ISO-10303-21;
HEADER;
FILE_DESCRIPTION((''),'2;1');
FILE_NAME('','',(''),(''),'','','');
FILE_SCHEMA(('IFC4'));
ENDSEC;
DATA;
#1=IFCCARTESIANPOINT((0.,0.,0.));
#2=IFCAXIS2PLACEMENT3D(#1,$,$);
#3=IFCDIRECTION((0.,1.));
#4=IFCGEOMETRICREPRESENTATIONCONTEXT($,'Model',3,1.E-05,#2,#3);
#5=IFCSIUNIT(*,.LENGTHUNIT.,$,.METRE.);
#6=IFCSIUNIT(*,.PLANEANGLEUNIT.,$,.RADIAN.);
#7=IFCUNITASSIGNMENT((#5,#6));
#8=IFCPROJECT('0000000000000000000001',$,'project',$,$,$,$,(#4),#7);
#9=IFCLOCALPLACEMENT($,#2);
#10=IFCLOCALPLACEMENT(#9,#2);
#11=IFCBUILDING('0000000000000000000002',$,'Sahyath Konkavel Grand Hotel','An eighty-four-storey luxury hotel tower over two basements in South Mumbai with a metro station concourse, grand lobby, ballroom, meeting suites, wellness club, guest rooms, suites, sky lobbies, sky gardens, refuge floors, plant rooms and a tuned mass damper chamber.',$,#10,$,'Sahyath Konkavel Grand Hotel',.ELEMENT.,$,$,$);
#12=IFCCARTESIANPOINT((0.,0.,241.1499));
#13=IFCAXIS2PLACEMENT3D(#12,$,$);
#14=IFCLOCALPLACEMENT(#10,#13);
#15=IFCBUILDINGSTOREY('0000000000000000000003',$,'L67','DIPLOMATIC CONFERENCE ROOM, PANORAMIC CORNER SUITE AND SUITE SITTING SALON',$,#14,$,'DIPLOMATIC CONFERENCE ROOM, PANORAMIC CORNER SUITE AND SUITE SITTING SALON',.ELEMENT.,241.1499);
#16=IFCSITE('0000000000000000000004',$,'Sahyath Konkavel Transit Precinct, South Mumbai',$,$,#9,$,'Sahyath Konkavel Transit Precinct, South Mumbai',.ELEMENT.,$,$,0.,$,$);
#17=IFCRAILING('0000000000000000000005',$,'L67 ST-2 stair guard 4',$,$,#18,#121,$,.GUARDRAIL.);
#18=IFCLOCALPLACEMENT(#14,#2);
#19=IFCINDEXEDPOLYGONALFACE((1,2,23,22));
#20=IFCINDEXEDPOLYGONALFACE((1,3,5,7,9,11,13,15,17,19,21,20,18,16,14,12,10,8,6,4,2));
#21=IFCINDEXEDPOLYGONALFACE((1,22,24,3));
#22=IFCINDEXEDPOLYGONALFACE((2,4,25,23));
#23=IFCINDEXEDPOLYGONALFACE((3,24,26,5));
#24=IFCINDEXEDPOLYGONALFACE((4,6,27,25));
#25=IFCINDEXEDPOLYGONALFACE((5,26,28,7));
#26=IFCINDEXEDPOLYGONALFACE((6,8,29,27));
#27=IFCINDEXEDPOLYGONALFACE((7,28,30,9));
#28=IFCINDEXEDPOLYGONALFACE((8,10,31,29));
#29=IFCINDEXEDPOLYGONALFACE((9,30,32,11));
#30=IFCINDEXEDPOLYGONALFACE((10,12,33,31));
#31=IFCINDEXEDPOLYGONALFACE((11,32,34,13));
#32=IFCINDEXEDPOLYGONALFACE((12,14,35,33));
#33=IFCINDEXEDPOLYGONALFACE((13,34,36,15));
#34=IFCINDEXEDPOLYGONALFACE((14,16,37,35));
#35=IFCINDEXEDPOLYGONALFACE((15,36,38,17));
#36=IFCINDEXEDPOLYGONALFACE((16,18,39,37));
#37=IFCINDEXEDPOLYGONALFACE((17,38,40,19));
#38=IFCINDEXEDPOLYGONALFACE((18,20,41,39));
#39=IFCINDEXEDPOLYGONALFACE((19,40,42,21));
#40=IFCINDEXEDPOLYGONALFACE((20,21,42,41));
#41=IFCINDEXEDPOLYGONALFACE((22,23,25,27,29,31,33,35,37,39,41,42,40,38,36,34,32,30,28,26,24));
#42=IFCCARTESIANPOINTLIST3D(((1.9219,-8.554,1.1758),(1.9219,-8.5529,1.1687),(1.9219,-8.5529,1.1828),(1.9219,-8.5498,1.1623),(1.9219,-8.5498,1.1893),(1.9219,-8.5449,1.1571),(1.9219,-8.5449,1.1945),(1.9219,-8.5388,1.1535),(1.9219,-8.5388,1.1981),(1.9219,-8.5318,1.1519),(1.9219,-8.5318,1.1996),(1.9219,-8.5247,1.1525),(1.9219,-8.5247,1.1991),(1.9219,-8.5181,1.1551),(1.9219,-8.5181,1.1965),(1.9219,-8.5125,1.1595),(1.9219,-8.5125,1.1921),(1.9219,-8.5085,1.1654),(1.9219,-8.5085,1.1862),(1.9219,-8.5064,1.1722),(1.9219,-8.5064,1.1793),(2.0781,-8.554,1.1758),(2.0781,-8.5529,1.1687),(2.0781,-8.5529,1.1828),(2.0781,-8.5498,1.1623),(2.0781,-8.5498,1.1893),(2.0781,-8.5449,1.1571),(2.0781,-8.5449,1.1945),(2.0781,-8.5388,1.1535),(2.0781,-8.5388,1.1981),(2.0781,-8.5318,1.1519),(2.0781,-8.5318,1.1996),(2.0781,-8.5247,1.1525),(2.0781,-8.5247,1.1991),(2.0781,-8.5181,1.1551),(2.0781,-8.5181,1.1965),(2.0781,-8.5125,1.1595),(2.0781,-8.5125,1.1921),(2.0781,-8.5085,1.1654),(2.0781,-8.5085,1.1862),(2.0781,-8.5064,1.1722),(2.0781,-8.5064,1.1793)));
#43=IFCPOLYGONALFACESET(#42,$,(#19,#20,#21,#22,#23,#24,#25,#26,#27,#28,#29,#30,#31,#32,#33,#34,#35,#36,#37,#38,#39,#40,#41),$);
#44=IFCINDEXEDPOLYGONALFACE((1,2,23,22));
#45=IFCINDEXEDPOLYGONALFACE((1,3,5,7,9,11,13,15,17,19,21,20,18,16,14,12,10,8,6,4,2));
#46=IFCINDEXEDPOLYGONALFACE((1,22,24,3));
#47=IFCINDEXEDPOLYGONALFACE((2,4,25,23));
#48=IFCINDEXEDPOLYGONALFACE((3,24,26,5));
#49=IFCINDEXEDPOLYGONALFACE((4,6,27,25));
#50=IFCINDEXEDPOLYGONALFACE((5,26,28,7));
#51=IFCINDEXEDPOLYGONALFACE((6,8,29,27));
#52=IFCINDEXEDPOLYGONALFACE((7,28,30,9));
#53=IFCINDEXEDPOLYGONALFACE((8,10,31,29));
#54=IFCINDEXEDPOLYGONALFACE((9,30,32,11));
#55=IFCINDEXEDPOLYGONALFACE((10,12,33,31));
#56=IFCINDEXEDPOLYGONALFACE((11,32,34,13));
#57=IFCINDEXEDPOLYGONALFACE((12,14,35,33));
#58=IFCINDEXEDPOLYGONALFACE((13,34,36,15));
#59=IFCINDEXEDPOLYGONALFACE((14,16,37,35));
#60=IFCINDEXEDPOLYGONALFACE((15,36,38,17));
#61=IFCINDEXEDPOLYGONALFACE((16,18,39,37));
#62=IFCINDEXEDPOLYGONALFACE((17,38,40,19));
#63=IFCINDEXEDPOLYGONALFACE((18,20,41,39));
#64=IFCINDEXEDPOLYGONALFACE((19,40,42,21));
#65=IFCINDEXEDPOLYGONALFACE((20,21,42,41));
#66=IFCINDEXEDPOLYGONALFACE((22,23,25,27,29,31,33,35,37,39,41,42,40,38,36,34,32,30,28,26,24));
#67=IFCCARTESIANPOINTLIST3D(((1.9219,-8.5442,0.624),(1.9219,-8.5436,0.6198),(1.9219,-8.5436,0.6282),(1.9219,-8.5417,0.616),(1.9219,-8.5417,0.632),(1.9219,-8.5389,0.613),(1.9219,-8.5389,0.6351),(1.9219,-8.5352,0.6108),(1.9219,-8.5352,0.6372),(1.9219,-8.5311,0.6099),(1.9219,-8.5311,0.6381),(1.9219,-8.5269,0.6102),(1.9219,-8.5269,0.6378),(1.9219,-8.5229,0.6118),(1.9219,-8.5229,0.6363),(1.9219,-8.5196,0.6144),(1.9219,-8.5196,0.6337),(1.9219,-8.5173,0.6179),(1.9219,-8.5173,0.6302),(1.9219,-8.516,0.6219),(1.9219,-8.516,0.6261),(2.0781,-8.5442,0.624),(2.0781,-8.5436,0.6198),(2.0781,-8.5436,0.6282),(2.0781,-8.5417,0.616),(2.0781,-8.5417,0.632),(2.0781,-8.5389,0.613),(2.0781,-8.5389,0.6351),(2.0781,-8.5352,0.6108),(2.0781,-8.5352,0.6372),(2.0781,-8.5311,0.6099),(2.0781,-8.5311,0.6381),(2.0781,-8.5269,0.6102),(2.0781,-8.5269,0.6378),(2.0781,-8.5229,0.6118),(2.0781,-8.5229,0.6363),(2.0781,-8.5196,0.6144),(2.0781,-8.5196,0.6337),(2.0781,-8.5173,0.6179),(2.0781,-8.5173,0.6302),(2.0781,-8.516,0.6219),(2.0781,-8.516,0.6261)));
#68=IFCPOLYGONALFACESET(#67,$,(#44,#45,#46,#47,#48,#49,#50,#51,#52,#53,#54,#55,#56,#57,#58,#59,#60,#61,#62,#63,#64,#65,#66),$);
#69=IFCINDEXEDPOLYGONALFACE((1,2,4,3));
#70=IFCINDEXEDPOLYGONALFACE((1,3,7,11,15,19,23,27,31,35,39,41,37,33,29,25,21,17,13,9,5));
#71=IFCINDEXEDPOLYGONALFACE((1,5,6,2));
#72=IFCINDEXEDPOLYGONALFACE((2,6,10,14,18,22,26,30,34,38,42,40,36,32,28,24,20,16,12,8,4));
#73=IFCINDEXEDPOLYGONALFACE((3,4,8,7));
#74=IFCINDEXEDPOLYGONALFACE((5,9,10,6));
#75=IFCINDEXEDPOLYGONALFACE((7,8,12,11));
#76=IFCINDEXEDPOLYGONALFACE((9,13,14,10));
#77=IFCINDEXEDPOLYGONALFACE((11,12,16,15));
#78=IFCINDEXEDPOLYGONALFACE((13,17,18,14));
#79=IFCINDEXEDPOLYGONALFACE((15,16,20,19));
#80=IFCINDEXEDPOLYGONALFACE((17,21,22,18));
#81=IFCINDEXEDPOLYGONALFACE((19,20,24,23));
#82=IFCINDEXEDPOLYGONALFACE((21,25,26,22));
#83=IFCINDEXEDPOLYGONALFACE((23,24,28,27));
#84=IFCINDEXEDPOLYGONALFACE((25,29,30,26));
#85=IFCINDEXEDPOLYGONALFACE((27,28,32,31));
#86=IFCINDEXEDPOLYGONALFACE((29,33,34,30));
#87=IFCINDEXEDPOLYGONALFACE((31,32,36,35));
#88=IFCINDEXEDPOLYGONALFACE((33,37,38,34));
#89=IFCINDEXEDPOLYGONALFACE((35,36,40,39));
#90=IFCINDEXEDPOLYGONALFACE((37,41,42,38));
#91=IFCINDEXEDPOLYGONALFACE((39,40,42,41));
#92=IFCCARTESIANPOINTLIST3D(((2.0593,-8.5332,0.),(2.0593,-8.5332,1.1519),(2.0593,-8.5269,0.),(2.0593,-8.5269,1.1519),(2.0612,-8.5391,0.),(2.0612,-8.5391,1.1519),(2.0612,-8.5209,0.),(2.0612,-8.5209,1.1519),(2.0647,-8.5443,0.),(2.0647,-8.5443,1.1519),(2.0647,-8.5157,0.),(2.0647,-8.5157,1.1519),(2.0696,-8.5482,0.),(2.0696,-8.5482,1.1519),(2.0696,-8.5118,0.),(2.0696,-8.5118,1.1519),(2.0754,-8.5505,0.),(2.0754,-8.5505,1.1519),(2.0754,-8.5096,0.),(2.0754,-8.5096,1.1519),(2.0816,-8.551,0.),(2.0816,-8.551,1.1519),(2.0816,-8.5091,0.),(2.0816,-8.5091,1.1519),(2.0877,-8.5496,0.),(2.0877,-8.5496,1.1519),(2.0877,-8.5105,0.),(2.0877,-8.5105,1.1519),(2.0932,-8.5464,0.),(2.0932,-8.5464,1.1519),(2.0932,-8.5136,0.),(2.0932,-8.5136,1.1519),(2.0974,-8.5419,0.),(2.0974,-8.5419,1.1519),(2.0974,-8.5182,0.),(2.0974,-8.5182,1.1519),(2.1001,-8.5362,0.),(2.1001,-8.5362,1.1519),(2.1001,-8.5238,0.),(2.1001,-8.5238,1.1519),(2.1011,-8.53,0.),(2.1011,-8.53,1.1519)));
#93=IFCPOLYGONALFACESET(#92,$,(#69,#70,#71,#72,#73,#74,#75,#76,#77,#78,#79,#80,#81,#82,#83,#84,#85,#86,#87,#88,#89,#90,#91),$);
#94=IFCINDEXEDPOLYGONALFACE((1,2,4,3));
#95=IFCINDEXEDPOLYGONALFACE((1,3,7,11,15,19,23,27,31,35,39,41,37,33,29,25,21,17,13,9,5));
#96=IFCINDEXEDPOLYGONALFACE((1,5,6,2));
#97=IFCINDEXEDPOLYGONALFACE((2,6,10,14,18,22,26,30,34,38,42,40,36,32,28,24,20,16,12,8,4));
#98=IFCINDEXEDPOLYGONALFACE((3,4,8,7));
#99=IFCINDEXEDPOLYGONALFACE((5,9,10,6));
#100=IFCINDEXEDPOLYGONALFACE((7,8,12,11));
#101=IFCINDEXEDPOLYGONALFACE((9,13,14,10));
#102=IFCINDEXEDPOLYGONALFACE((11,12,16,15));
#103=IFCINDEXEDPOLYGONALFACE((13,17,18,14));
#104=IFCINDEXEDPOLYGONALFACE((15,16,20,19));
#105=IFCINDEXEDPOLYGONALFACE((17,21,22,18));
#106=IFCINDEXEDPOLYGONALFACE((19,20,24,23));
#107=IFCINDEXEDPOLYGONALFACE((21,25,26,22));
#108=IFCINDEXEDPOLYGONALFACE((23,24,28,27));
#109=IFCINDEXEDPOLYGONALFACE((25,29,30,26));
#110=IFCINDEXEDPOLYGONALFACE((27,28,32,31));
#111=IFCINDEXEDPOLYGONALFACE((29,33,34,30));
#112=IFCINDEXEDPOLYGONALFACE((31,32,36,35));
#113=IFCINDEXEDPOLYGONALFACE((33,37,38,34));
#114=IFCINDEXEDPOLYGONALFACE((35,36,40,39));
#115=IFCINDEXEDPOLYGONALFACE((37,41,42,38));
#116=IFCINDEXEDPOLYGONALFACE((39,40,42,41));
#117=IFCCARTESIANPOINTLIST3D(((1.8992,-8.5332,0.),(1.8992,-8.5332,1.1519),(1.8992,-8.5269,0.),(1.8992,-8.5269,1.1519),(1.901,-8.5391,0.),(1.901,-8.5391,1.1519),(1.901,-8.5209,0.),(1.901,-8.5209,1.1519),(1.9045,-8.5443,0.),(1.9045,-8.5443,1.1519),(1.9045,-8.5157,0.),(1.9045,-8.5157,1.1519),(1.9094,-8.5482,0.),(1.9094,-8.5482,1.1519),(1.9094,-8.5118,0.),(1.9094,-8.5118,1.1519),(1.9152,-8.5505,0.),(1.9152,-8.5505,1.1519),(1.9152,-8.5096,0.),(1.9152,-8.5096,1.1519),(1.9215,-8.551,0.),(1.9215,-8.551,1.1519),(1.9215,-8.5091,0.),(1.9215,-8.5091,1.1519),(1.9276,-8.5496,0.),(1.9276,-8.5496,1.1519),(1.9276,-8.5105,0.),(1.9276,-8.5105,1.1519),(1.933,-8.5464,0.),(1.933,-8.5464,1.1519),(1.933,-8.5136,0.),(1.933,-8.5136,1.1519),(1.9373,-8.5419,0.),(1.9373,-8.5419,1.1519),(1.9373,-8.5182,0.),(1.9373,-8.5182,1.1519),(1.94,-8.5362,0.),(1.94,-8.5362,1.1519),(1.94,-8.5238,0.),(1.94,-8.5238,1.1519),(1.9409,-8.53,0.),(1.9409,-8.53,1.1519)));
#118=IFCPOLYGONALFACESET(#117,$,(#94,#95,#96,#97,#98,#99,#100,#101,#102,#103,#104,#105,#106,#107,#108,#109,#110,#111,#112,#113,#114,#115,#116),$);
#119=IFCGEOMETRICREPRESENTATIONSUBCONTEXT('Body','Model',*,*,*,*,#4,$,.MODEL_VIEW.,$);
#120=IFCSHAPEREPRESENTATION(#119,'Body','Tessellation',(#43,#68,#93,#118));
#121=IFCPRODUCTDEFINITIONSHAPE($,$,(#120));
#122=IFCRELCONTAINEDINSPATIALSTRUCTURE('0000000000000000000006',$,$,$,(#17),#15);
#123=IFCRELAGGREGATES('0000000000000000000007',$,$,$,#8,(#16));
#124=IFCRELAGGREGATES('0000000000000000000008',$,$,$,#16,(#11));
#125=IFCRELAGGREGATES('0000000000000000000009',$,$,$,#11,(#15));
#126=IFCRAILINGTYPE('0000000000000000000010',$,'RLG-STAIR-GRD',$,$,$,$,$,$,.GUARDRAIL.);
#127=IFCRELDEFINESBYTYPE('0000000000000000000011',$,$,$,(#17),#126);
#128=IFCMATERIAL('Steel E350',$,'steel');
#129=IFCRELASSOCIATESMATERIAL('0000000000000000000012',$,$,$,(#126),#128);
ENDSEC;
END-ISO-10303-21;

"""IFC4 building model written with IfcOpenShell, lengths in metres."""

from ifc_helpers import new_model, si_unit, direction, frame, origin, origin_2d, place, context, subcontext, project, spatial, circle, extrude, material, type_object, element, save


model = new_model("IFC4")

# Units and contexts
model_context = context("Model", 3, precision=1e-05, world=origin(), true_north=direction((0.0, 1.0)))
body_context = subcontext(model_context, "Body", "Model", "MODEL_VIEW")
ifc_project = project(units=[si_unit("LENGTHUNIT", "METRE"), si_unit("PLANEANGLEUNIT", "RADIAN")], contexts=[model_context])

# Site, building, storey
site_placement = place(None, origin())
site = spatial("IfcSite", under=ifc_project, at=site_placement, Name="Sahyath Konkavel Transit Precinct, South Mumbai", LongName="Sahyath Konkavel Transit Precinct, South Mumbai", CompositionType="ELEMENT", RefElevation=0.0)
building_placement = place(site_placement, origin())
building = spatial("IfcBuilding", under=site, at=building_placement, Name="Sahyath Konkavel Grand Hotel", Description="An eighty-four-storey luxury hotel tower over two basements in South Mumbai with a metro station concourse, grand lobby, ballroom, meeting suites, wellness club, guest rooms, suites, sky lobbies, sky gardens, refuge floors, plant rooms and a tuned mass damper chamber.", LongName="Sahyath Konkavel Grand Hotel", CompositionType="ELEMENT")
storey_placement = place(building_placement, frame((0.0, 0.0, 241.1499)))
storey = spatial("IfcBuildingStorey", under=building, at=storey_placement, Name="L67", Description="DIPLOMATIC CONFERENCE ROOM, PANORAMIC CORNER SUITE AND SUITE SITTING SALON", LongName="DIPLOMATIC CONFERENCE ROOM, PANORAMIC CORNER SUITE AND SUITE SITTING SALON", CompositionType="ELEMENT", Elevation=241.1499)

# Shared definitions
ifc_material_1 = material(Name="Steel E350", Category="steel")

# Railing
railing_type_1 = type_object("IfcRailingType", Name="RLG-STAIR-GRD", PredefinedType="GUARDRAIL", material=ifc_material_1)
railing_1_placement = place(storey_placement, frame((2.0801, -8.53, 0.0)))
element("IfcRailing", 1, at=railing_1_placement, inside=storey, type_object=railing_type_1, Name="L67 ST-2 stair guard 4", PredefinedType="GUARDRAIL", context=body_context, shape_type="SweptSolid", body=[
    extrude(circle(Radius=0.0239, at=origin_2d()), frame((-0.002, 0.0, 1.1758), z_axis=(-1.0, 0.0, 0.0), x_axis=(0.0, -1.0, 0.0)), (0.0, 0.0, 1.0), 0.1562),
    extrude(circle(Radius=0.0142, at=origin_2d()), frame((-0.002, 0.0, 0.624), z_axis=(-1.0, 0.0, 0.0), x_axis=(0.0, -1.0, 0.0)), (0.0, 0.0, 1.0), 0.1562),
    extrude(circle(Radius=0.021, at=origin_2d()), origin(), (0.0, 0.0, 1.0), 1.1519),
    extrude(circle(Radius=0.021, at=origin_2d()), frame((-0.1602, 0.0, 0.0)), (0.0, 0.0, 1.0), 1.1519),
])

save(model, "model.ifc")
